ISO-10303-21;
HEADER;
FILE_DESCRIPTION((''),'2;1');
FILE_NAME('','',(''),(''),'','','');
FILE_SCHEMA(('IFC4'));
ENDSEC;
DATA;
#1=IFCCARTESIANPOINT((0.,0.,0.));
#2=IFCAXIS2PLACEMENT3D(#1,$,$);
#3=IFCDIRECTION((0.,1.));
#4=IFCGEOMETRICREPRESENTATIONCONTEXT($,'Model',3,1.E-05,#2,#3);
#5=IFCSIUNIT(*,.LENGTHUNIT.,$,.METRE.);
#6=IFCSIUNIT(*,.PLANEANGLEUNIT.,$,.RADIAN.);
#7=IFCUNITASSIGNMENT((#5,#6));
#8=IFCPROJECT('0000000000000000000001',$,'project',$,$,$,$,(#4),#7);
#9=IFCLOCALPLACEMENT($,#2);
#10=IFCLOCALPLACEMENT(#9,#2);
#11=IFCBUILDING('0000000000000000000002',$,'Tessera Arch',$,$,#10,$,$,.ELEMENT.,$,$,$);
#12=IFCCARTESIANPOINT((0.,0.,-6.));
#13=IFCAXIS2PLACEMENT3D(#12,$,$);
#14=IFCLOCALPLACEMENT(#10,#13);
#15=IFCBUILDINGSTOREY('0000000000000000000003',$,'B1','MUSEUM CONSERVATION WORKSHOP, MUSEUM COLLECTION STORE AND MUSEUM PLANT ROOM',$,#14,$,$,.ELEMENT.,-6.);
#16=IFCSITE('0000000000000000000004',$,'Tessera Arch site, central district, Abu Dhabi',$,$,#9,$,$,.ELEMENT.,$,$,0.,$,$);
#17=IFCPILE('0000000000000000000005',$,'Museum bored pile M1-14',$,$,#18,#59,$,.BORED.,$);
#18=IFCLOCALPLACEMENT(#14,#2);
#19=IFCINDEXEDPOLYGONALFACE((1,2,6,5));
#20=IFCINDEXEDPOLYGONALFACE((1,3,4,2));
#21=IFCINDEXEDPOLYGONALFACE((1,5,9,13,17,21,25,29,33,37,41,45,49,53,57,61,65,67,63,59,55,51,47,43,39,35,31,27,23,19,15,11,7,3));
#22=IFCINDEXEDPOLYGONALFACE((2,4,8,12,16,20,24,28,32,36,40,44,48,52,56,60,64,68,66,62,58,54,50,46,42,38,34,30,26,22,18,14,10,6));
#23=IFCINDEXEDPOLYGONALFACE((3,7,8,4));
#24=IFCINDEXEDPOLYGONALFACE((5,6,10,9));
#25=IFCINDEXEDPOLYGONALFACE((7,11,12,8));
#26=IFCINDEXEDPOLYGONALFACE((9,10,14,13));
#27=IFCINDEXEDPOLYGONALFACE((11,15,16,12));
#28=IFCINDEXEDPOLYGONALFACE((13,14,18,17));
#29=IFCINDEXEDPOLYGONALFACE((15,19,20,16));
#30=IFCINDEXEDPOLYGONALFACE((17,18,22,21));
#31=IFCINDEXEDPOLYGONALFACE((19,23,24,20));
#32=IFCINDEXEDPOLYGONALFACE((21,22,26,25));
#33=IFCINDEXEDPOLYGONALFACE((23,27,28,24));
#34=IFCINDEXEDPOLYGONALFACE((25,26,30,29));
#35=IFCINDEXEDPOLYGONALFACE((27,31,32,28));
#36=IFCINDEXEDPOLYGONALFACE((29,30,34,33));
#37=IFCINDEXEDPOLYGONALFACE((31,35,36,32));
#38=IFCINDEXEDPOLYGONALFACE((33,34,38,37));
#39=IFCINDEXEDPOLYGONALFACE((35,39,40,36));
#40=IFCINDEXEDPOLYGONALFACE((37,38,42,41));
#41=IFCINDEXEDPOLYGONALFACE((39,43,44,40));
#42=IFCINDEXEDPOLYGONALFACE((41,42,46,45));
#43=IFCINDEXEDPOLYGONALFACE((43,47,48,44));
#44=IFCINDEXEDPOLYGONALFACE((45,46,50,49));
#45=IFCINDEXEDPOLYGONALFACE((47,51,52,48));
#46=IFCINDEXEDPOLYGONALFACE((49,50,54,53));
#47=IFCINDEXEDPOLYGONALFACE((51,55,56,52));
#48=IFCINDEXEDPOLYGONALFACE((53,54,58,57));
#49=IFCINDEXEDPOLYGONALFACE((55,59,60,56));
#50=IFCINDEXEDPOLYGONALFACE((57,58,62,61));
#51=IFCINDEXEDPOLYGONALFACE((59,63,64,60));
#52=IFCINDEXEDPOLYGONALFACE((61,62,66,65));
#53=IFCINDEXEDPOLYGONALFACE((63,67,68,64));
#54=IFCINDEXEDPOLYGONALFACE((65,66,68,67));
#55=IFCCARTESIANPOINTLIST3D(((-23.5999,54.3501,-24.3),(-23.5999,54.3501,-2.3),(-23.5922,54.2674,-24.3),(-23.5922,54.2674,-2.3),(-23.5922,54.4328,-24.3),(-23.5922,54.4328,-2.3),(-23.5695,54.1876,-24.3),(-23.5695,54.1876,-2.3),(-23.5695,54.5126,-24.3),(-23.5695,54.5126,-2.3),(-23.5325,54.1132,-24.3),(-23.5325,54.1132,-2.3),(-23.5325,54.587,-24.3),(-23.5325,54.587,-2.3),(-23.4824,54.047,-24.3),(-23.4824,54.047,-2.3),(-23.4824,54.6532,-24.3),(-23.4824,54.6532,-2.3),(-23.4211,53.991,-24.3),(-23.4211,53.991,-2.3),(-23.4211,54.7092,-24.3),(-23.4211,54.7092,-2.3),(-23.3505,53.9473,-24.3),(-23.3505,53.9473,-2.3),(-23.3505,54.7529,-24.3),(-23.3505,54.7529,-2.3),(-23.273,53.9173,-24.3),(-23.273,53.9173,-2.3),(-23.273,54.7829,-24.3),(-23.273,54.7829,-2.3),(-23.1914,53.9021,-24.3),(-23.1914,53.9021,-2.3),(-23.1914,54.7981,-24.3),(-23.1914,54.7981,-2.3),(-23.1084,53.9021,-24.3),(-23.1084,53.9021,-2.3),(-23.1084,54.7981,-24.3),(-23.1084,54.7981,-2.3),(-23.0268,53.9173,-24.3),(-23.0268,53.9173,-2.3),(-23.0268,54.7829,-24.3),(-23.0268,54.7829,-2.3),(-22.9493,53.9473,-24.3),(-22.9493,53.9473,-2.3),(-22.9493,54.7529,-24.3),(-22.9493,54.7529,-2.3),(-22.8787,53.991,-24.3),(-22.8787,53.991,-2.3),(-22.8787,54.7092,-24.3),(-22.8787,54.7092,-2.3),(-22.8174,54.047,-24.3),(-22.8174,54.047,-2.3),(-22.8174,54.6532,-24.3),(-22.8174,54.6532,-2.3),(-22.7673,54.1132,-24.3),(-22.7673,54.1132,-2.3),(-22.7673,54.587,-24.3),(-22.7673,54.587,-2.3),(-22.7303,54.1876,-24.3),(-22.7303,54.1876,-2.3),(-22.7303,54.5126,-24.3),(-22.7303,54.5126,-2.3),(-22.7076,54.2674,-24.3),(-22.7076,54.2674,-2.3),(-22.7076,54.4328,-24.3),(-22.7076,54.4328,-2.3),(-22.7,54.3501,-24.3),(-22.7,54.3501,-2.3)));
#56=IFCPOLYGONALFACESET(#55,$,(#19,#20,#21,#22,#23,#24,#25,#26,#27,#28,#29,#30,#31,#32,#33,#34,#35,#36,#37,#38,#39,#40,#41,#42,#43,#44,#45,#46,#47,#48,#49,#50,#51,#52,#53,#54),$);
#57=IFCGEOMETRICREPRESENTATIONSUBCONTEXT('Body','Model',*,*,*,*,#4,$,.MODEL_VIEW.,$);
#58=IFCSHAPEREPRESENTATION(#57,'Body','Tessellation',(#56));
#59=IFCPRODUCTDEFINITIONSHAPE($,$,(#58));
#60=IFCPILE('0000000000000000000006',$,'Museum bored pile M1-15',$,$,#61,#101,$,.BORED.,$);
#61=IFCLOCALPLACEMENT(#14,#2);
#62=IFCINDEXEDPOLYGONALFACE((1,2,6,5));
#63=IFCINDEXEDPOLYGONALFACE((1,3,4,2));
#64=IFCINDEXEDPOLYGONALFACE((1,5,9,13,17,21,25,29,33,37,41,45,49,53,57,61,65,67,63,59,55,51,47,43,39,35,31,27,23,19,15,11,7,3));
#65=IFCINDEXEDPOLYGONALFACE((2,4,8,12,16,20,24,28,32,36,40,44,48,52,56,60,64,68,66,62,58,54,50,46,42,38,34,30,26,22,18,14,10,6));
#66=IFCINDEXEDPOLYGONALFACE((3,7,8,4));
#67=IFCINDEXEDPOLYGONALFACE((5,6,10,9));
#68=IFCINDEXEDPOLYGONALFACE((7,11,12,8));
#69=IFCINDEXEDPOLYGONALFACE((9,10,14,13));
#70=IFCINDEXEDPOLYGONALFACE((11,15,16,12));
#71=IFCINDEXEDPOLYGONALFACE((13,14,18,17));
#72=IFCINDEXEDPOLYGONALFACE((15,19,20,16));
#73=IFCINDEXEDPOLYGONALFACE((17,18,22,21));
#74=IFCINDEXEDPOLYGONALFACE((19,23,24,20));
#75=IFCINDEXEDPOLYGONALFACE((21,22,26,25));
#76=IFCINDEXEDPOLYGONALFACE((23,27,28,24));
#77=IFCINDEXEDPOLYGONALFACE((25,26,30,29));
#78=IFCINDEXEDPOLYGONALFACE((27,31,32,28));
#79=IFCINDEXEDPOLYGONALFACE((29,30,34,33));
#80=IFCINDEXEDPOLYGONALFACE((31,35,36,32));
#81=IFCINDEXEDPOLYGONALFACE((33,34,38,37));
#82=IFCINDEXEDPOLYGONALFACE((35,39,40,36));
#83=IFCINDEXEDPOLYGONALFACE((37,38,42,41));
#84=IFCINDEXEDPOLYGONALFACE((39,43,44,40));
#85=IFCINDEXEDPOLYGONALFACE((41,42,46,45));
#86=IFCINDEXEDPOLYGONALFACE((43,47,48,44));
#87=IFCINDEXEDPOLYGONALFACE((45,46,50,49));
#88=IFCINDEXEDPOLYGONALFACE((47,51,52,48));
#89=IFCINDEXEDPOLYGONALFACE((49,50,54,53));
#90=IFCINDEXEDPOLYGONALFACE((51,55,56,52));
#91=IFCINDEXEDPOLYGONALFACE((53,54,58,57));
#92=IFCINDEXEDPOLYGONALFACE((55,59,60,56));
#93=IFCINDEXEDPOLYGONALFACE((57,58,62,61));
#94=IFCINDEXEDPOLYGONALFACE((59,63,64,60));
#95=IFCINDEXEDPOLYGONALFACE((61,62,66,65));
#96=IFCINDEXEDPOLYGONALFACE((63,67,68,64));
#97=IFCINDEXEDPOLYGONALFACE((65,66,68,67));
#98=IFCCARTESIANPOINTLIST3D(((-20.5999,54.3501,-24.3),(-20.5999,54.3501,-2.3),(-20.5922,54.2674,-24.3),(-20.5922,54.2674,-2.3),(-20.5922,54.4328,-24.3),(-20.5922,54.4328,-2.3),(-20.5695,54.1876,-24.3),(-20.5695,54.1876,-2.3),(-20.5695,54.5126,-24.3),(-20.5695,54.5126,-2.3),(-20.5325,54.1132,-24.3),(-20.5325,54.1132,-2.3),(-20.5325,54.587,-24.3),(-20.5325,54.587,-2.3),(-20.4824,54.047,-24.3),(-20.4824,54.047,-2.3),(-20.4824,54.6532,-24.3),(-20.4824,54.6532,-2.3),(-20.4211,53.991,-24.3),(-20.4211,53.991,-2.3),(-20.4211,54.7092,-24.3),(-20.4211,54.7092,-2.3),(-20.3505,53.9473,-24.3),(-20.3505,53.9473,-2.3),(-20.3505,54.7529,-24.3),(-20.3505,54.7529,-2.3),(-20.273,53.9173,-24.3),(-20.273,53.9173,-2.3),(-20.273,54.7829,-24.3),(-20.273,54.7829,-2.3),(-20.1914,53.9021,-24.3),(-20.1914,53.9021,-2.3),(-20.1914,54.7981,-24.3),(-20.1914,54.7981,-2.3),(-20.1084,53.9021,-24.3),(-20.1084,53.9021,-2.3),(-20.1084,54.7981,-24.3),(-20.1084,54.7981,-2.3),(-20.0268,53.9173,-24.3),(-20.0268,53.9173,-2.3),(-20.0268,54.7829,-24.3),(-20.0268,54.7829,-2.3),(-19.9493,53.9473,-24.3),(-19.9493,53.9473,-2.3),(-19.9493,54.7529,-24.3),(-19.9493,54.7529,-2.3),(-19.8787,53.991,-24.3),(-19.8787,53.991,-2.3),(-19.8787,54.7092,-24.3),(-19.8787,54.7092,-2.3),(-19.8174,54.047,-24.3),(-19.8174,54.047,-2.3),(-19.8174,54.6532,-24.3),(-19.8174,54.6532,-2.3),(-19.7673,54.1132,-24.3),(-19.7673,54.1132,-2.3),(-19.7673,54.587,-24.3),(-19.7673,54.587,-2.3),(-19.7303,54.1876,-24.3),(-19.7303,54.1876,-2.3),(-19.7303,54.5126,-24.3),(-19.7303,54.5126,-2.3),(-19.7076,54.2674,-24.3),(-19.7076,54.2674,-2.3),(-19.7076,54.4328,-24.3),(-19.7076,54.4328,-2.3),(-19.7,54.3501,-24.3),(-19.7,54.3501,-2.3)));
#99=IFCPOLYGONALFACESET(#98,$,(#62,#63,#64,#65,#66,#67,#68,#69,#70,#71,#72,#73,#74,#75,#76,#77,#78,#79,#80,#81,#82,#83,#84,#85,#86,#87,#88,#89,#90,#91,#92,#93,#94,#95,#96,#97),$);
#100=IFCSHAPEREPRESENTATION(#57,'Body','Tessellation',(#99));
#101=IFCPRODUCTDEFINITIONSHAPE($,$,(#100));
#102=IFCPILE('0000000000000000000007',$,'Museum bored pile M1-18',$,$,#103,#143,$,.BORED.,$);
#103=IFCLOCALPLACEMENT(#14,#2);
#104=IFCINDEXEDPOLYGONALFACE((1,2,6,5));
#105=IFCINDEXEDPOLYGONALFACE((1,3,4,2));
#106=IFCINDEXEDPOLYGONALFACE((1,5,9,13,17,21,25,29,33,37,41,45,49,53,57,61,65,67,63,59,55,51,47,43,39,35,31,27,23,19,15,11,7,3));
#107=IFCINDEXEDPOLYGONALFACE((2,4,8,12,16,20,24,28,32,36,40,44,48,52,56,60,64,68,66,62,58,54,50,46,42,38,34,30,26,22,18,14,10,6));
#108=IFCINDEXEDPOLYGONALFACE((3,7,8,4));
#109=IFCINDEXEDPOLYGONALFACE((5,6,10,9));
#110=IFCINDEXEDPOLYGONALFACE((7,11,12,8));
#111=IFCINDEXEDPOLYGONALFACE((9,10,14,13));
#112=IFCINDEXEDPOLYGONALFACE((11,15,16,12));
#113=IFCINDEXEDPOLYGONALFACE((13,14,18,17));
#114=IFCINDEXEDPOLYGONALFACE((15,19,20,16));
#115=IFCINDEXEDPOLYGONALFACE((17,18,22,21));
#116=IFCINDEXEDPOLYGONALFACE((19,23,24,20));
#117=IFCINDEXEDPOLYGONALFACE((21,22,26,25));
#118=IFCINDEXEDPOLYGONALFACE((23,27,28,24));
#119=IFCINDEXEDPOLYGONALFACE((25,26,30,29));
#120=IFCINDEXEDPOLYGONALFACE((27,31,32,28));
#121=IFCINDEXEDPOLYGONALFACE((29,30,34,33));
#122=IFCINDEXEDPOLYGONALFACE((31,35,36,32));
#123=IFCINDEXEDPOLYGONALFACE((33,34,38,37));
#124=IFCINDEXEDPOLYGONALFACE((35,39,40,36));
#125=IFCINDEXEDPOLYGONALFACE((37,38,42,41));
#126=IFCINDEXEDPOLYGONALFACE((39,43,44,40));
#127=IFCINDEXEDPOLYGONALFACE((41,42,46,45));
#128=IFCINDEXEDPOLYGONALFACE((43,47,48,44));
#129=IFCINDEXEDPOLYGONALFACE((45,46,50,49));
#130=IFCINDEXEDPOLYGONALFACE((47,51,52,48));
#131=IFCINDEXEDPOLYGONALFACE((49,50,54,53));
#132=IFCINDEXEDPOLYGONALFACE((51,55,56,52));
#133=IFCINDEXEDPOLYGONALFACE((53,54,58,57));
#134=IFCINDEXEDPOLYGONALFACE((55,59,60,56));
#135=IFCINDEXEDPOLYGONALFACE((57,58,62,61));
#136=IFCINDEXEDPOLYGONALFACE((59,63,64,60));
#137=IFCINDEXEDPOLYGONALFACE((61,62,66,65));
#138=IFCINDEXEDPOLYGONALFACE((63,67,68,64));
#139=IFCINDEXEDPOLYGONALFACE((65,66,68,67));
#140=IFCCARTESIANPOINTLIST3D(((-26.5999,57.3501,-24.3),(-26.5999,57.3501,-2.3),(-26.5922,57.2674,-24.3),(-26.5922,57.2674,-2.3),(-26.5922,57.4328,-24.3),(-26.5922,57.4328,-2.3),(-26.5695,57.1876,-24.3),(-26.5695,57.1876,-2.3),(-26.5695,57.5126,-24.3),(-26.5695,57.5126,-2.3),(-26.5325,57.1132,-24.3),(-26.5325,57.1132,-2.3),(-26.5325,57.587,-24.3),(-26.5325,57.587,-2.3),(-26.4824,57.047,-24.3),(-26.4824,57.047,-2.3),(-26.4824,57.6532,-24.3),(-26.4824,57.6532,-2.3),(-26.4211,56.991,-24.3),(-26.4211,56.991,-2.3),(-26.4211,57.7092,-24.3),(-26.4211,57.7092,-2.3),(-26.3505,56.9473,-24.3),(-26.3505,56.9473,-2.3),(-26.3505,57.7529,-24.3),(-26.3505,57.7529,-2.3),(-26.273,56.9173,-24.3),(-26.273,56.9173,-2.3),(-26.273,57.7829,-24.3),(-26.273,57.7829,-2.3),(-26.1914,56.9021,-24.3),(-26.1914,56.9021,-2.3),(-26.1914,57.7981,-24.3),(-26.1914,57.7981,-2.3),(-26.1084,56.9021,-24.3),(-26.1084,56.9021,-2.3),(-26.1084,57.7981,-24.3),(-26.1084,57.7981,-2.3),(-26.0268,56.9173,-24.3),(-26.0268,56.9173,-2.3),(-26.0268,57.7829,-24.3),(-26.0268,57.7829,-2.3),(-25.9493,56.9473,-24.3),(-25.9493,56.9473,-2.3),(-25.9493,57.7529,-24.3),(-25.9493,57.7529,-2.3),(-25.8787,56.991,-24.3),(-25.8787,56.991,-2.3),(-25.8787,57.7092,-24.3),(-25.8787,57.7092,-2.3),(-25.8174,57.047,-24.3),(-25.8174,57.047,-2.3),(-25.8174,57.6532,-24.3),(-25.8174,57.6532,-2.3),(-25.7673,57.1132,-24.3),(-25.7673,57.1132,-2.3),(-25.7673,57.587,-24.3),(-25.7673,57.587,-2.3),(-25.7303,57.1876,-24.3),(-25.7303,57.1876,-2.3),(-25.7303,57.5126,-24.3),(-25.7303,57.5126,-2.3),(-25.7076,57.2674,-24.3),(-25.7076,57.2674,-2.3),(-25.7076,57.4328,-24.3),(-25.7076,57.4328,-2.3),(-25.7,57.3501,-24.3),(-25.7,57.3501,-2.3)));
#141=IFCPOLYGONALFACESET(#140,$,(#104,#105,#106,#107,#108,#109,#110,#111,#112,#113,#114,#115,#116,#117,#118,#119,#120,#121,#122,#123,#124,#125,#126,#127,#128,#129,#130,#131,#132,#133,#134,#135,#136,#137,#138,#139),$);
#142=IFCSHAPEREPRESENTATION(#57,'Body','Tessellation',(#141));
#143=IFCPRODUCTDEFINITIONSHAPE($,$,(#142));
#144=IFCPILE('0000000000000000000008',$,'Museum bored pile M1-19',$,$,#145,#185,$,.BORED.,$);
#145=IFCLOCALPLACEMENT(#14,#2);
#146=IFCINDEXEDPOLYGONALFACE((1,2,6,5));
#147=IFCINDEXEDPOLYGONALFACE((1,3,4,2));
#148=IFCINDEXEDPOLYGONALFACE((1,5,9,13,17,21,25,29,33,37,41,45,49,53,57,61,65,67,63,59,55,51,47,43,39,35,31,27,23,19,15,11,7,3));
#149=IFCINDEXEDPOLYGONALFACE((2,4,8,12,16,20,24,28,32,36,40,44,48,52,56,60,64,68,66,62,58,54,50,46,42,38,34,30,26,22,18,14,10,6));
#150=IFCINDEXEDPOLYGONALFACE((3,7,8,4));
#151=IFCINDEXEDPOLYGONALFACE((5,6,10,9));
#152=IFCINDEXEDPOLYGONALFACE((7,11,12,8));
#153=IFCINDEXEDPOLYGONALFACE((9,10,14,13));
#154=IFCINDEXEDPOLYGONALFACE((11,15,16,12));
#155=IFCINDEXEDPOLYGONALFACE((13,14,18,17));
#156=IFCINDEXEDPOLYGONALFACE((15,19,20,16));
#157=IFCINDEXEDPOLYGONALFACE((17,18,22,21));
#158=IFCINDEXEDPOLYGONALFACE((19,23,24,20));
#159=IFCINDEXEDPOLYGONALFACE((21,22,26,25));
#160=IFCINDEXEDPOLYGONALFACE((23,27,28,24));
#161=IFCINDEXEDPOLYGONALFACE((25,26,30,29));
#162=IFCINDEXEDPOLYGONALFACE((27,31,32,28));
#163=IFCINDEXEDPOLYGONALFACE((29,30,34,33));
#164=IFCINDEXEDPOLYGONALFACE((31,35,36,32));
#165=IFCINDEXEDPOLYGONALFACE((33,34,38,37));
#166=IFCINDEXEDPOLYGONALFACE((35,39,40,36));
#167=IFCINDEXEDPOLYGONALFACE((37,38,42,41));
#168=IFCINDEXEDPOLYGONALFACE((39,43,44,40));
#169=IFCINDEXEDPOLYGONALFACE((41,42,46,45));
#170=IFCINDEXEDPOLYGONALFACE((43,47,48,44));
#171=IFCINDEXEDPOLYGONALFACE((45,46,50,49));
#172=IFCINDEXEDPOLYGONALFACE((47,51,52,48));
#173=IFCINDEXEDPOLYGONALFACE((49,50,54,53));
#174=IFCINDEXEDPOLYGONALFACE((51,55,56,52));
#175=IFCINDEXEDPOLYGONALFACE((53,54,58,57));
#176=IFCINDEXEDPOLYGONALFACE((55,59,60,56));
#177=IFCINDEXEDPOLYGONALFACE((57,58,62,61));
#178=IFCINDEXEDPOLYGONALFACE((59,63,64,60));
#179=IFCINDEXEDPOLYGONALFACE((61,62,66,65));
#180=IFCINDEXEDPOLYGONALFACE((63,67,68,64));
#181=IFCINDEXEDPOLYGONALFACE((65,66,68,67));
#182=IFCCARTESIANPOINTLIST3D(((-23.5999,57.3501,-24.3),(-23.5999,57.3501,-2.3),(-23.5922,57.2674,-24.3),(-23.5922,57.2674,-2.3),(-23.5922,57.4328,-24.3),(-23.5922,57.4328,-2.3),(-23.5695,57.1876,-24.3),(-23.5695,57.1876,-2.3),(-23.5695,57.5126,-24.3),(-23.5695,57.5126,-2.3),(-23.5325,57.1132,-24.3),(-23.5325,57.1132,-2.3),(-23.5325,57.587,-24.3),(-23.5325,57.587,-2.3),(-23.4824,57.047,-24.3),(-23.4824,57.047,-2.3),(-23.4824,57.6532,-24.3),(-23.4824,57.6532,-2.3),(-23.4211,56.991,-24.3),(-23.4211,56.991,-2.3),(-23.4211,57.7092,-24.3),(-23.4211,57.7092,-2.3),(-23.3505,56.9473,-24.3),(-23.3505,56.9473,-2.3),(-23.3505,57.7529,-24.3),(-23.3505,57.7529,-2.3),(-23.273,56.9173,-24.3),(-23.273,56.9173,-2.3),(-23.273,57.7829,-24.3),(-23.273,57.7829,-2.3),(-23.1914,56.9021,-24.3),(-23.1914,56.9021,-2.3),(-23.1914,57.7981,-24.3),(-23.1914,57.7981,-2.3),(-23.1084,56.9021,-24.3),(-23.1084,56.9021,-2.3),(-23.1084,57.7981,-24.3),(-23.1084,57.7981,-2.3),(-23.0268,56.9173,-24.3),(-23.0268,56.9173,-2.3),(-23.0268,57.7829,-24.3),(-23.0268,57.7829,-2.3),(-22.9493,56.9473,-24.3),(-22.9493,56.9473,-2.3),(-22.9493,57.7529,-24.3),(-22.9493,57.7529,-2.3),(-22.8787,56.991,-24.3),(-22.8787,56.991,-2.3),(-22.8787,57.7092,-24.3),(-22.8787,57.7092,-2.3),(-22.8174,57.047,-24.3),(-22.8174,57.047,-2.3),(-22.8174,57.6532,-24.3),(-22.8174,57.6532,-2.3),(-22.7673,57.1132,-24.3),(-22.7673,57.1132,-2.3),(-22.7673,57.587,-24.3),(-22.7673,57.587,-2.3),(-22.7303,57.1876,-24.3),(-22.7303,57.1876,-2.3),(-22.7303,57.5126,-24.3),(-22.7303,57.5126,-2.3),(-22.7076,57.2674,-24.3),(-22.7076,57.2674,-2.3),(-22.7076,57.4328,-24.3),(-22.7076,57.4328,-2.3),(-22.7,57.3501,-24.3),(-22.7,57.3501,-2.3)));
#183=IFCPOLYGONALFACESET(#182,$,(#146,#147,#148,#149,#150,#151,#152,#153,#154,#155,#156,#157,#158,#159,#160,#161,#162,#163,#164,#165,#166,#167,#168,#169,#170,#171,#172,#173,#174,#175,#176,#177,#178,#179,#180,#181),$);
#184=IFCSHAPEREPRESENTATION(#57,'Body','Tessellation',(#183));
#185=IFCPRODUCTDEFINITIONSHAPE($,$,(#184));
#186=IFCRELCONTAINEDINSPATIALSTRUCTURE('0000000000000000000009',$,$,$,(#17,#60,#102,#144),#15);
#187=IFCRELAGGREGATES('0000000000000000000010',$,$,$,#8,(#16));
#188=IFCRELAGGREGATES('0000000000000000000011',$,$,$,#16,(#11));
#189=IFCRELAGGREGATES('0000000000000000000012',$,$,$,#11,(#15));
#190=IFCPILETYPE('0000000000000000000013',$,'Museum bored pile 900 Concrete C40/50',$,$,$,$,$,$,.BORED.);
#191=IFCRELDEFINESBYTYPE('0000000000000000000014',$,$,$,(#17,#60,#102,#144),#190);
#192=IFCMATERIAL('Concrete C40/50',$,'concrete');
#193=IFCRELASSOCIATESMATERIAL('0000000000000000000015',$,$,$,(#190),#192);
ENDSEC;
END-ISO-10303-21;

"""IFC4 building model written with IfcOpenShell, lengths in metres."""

from ifc_helpers import new_model, si_unit, direction, frame, origin, origin_2d, place, context, subcontext, project, spatial, circle, extrude, material, type_object, element, save


model = new_model("IFC4")

# Units and contexts
model_context = context("Model", 3, precision=1e-05, world=origin(), true_north=direction((0.0, 1.0)))
body_context = subcontext(model_context, "Body", "Model", "MODEL_VIEW")
ifc_project = project(units=[si_unit("LENGTHUNIT", "METRE"), si_unit("PLANEANGLEUNIT", "RADIAN")], contexts=[model_context])

# Site, building, storey
site_placement = place(None, origin())
site = spatial("IfcSite", under=ifc_project, at=site_placement, Name="Tessera Arch site, central district, Abu Dhabi", CompositionType="ELEMENT", RefElevation=0.0)
building_placement = place(site_placement, origin())
building = spatial("IfcBuilding", under=site, at=building_placement, Name="Tessera Arch", CompositionType="ELEMENT")
storey_placement = place(building_placement, frame((0.0, 0.0, -6.0)))
storey = spatial("IfcBuildingStorey", under=building, at=storey_placement, Name="B1", Description="MUSEUM CONSERVATION WORKSHOP, MUSEUM COLLECTION STORE AND MUSEUM PLANT ROOM", CompositionType="ELEMENT", Elevation=-6.0)

# Piles
ifc_material_1 = material(Name="Concrete C40/50", Category="concrete")
pile_type = type_object("IfcPileType", Name="Museum bored pile 900 Concrete C40/50", PredefinedType="BORED", material=ifc_material_1)
for number, where, z_axis, x_axis, name in (
    (1, (-23.1499, 54.3501, -2.3), (0.0, 0.0, -1.0), (1.0, 0.0, 0.0), "Museum bored pile M1-14"),
    (2, (-20.1499, 54.3501, -2.3), (0.0, 0.0, -1.0), (1.0, 0.0, 0.0), "Museum bored pile M1-15"),
    (3, (-26.1499, 57.3501, -2.3), (0.0, 0.0, -1.0), (1.0, 0.0, 0.0), "Museum bored pile M1-18"),
    (4, (-23.1499, 57.3501, -2.3), (0.0, 0.0, -1.0), (1.0, 0.0, 0.0), "Museum bored pile M1-19"),
):
    element("IfcPile", number, at=place(storey_placement, frame(where, z_axis=z_axis, x_axis=x_axis)), inside=storey, type_object=pile_type, Name=name, PredefinedType="BORED", context=body_context, shape_type="SweptSolid", body=[
        extrude(circle(Radius=0.45, at=origin_2d()), origin(), (0.0, 0.0, 1.0), 22.0),
    ])

save(model, "model.ifc")
